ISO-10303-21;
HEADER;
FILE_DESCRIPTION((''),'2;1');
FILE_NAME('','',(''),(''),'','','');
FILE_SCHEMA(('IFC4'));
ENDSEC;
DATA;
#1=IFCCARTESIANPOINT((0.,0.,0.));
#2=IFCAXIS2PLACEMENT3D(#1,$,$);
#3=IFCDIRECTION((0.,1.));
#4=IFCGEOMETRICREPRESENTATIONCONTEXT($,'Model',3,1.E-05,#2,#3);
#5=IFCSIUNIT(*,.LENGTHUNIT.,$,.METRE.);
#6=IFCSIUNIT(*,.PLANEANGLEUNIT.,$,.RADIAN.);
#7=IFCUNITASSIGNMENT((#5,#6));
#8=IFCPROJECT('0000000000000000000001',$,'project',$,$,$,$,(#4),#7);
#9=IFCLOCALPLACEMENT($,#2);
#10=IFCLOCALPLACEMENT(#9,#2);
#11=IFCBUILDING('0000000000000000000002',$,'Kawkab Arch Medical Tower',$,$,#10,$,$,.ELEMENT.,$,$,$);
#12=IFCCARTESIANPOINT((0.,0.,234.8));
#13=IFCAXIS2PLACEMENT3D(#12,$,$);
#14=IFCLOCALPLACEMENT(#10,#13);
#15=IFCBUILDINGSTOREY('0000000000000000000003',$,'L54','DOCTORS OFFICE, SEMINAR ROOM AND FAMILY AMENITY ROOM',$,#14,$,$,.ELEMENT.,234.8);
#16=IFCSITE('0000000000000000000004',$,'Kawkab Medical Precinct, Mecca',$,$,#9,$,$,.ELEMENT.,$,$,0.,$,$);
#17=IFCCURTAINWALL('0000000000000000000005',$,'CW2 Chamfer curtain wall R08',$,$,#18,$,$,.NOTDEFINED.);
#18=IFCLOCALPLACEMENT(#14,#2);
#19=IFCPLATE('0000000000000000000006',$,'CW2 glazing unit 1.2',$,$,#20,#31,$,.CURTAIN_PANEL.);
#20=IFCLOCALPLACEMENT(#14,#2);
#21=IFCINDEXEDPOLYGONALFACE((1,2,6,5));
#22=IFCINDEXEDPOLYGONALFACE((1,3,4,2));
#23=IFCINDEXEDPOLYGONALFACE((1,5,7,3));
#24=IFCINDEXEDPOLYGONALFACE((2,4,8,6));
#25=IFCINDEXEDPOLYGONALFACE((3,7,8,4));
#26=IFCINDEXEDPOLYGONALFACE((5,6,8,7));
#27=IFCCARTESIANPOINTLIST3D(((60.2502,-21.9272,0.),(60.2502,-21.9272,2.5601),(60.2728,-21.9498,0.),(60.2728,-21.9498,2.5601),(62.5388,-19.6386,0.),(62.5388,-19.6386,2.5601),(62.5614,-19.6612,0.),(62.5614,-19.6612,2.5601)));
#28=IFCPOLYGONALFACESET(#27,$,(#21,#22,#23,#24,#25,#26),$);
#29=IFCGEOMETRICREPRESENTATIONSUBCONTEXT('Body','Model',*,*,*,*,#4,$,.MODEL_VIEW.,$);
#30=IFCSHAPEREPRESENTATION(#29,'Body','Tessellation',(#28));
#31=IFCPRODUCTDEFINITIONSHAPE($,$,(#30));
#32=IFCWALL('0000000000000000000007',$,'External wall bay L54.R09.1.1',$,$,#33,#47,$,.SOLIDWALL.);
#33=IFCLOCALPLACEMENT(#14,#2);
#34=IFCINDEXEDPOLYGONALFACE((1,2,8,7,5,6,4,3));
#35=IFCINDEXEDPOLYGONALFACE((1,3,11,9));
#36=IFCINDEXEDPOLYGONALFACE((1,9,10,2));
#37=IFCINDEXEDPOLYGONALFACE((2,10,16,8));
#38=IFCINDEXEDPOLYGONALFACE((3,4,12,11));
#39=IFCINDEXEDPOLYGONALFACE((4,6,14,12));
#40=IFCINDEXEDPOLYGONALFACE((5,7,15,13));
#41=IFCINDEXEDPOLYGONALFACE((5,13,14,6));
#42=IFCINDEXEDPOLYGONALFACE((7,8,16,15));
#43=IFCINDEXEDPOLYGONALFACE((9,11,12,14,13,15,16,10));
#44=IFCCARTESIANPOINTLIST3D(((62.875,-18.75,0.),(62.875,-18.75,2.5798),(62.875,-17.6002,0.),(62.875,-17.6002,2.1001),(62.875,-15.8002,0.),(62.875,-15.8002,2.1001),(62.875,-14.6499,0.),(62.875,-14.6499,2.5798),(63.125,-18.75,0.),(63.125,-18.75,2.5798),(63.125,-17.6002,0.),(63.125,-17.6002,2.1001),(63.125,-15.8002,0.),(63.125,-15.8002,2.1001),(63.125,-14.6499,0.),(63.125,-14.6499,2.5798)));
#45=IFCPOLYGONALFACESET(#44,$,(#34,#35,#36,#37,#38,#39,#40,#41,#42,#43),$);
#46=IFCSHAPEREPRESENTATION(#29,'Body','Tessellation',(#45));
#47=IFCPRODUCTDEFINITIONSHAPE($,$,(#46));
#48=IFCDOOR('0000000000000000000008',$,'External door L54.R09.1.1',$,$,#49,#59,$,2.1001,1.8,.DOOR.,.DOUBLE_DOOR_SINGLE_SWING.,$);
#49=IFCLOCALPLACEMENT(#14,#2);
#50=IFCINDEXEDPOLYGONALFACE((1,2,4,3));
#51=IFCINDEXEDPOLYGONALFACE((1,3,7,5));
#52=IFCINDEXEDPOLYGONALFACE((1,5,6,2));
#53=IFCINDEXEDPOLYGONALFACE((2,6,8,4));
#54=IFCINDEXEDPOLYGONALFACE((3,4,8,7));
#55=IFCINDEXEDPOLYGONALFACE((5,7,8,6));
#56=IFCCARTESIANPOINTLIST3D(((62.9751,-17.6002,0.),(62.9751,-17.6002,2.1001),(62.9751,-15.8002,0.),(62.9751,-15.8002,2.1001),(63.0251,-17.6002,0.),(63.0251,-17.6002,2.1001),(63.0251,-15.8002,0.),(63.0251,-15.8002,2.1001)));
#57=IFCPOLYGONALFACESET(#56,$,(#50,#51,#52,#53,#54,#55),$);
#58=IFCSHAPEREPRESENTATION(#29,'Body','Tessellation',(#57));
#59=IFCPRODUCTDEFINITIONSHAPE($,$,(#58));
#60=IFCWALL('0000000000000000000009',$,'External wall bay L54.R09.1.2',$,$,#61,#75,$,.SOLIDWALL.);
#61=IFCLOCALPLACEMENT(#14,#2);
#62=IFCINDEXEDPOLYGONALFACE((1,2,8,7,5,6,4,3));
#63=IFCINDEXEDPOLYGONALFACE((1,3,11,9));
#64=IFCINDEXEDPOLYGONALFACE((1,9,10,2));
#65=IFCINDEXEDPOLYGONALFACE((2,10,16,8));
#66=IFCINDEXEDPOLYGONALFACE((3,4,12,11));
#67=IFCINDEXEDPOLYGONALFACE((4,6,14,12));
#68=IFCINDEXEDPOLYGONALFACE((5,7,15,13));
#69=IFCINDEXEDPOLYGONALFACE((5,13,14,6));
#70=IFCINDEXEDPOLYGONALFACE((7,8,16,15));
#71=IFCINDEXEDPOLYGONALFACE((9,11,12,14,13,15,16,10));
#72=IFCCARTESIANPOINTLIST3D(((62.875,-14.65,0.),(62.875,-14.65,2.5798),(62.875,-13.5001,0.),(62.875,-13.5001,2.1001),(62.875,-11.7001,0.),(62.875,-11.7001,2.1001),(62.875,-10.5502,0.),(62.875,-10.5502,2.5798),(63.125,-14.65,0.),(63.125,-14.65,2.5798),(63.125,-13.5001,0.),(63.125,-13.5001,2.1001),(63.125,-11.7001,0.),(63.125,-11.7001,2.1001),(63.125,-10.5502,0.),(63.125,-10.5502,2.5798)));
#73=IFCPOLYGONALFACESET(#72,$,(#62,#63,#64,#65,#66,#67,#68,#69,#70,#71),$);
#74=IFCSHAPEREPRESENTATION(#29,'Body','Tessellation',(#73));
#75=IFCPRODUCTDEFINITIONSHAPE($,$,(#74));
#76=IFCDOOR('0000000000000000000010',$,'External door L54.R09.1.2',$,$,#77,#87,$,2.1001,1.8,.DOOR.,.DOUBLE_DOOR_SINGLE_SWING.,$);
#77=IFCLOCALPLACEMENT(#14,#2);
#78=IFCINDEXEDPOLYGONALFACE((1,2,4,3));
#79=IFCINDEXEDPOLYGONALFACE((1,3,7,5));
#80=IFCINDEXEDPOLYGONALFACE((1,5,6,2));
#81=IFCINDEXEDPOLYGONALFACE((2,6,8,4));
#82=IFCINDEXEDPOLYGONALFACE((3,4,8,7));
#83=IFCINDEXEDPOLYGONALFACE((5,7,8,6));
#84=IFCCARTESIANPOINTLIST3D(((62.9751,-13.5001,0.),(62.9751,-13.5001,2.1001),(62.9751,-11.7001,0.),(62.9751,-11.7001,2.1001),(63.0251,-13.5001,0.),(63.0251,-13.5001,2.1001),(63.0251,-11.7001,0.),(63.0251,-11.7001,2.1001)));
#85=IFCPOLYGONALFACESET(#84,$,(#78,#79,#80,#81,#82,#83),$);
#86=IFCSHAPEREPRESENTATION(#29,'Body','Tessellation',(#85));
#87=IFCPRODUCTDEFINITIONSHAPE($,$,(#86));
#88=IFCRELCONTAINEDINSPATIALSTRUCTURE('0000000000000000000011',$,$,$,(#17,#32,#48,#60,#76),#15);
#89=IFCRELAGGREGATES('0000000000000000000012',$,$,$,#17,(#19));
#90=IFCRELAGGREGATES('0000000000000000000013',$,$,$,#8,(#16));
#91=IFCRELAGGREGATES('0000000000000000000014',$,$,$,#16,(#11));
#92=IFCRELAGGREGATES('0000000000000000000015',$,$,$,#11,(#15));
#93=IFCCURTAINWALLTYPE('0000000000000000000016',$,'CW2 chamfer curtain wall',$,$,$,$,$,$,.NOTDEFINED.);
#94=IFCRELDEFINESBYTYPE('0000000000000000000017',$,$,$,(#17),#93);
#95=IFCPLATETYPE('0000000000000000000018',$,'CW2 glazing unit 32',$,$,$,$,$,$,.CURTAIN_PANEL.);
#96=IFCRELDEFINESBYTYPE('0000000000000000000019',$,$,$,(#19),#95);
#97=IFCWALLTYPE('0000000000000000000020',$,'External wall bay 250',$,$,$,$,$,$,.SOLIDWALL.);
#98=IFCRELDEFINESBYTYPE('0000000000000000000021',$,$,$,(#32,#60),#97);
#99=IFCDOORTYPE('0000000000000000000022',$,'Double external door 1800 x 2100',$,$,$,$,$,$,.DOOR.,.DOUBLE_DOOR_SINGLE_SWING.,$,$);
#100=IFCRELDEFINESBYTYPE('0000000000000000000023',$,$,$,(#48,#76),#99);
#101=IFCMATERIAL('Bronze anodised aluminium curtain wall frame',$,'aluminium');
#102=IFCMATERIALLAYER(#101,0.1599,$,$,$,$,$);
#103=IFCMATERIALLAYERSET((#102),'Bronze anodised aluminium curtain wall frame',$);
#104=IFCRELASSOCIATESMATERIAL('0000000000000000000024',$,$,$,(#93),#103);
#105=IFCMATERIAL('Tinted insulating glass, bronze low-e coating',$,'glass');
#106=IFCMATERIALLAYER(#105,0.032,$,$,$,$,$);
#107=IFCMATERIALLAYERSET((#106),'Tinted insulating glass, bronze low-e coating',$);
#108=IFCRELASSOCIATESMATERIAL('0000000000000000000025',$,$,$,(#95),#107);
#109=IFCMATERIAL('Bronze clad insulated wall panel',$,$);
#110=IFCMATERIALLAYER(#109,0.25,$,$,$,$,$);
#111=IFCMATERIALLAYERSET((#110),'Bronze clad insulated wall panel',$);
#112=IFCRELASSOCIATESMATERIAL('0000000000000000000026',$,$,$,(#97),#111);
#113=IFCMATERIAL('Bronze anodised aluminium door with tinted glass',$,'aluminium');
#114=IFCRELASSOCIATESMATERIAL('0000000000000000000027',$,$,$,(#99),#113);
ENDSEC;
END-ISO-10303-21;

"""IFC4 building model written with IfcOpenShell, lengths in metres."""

from ifc_helpers import new_model, si_unit, direction, frame, frame_2d, origin, origin_2d, place, context, subcontext, project, spatial, rectangle, extrude, material, layer, layer_set, type_object, element, fill, aggregate, save


model = new_model("IFC4")

# Units and contexts
model_context = context("Model", 3, precision=1e-05, world=origin(), true_north=direction((0.0, 1.0)))
body_context = subcontext(model_context, "Body", "Model", "MODEL_VIEW")
ifc_project = project(units=[si_unit("LENGTHUNIT", "METRE"), si_unit("PLANEANGLEUNIT", "RADIAN")], contexts=[model_context])

# Site, building, storey
site_placement = place(None, origin())
site = spatial("IfcSite", under=ifc_project, at=site_placement, Name="Kawkab Medical Precinct, Mecca", CompositionType="ELEMENT", RefElevation=0.0)
building_placement = place(site_placement, origin())
building = spatial("IfcBuilding", under=site, at=building_placement, Name="Kawkab Arch Medical Tower", CompositionType="ELEMENT")
storey_placement = place(building_placement, frame((0.0, 0.0, 234.8)))
storey = spatial("IfcBuildingStorey", under=building, at=storey_placement, Name="L54", Description="DOCTORS OFFICE, SEMINAR ROOM AND FAMILY AMENITY ROOM", CompositionType="ELEMENT", Elevation=234.8)

# Shared definitions
placement = place(storey_placement, origin())

# Curtain wall
ifc_material_1 = material(Name="Bronze anodised aluminium curtain wall frame", Category="aluminium")
ifc_layer_1 = layer(ifc_material_1, 0.1599)
ifc_layer_set_1 = layer_set([ifc_layer_1], Name="Bronze anodised aluminium curtain wall frame")
curtain_wall_type_1 = type_object("IfcCurtainWallType", Name="CW2 chamfer curtain wall", PredefinedType="NOTDEFINED", material=ifc_layer_set_1)
curtain_wall_1 = element("IfcCurtainWall", 1, at=placement, inside=storey, type_object=curtain_wall_type_1, Name="CW2 Chamfer curtain wall R08", PredefinedType="NOTDEFINED")

# Plate
ifc_material_2 = material(Name="Tinted insulating glass, bronze low-e coating", Category="glass")
ifc_layer_2 = layer(ifc_material_2, 0.032)
ifc_layer_set_2 = layer_set([ifc_layer_2], Name="Tinted insulating glass, bronze low-e coating")
plate_type = type_object("IfcPlateType", Name="CW2 glazing unit 32", PredefinedType="CURTAIN_PANEL", material=ifc_layer_set_2)
plate_1_placement = place(storey_placement, frame((61.4058, -20.7942, 0.0), z_axis=(0.0, 0.0, 1.0), x_axis=(0.707107, 0.707107, 0.0)))
plate_1 = element("IfcPlate", 2, at=plate_1_placement, type_object=plate_type, Name="CW2 glazing unit 1.2", PredefinedType="CURTAIN_PANEL", context=body_context, shape_type="SweptSolid", body=[
    extrude(rectangle(XDim=3.2366, YDim=0.032, at=origin_2d()), origin(), (0.0, 0.0, 1.0), 2.5601),
])
aggregate(curtain_wall_1, [plate_1])

# Walls, openings, doors
ifc_material_3 = material(Name="Bronze clad insulated wall panel")
ifc_layer_3 = layer(ifc_material_3, 0.25)
ifc_layer_set_3 = layer_set([ifc_layer_3], Name="Bronze clad insulated wall panel")
wall_type = type_object("IfcWallType", Name="External wall bay 250", PredefinedType="SOLIDWALL", material=ifc_layer_set_3)
wall_1_placement = place(storey_placement, frame((63.0, -18.75, 0.0), z_axis=(0.0, 0.0, 1.0), x_axis=(0.0, 1.0, 0.0)))
wall_1 = element("IfcWall", 3, at=wall_1_placement, inside=storey, type_object=wall_type, Name="External wall bay L54.R09.1.1", PredefinedType="SOLIDWALL", context=body_context, shape_type="SweptSolid", body=[
    extrude(rectangle(XDim=4.1001, YDim=0.25, at=frame_2d((2.05, 0.0))), origin(), (0.0, 0.0, 1.0), 2.5798),
])
opening_1_placement = place(wall_1_placement, frame((1.1499, 0.0, 0.0)))
opening_1 = element("IfcOpeningElement", 4, at=opening_1_placement, cuts=wall_1, PredefinedType="OPENING", context=body_context, shape_type="SweptSolid", body=[
    extrude(rectangle(XDim=1.8, YDim=2.1001, at=frame_2d((0.8999, 1.05))), frame((0.0, 0.135, 0.0), z_axis=(0.0, -1.0, 0.0), x_axis=(1.0, 0.0, 0.0)), (0.0, 0.0, 1.0), 0.27),
])
ifc_material_4 = material(Name="Bronze anodised aluminium door with tinted glass", Category="aluminium")
door_type = type_object("IfcDoorType", Name="Double external door 1800 x 2100", OperationType="DOUBLE_DOOR_SINGLE_SWING", PredefinedType="DOOR", material=ifc_material_4)
door_1_placement = place(opening_1_placement, origin())
door_1 = element("IfcDoor", 5, at=door_1_placement, inside=storey, type_object=door_type, Name="External door L54.R09.1.1", OperationType="DOUBLE_DOOR_SINGLE_SWING", OverallHeight=2.1001, OverallWidth=1.8, PredefinedType="DOOR", context=body_context, shape_type="SweptSolid", body=[
    extrude(rectangle(XDim=1.8, YDim=2.1001, at=frame_2d((0.8999, 1.05))), frame((0.0, 0.0249, 0.0), z_axis=(0.0, -1.0, 0.0), x_axis=(1.0, 0.0, 0.0)), (0.0, 0.0, 1.0), 0.05),
])
fill(opening_1, door_1)
wall_2_placement = place(storey_placement, frame((63.0, -14.6499, 0.0), z_axis=(0.0, 0.0, 1.0), x_axis=(0.0, 1.0, 0.0)))
wall_2 = element("IfcWall", 6, at=wall_2_placement, inside=storey, type_object=wall_type, Name="External wall bay L54.R09.1.2", PredefinedType="SOLIDWALL", context=body_context, shape_type="SweptSolid", body=[
    extrude(rectangle(XDim=4.0999, YDim=0.25, at=frame_2d((2.0498, 0.0))), origin(), (0.0, 0.0, 1.0), 2.5798),
])
opening_2_placement = place(wall_2_placement, frame((1.1499, 0.0, 0.0)))
opening_2 = element("IfcOpeningElement", 7, at=opening_2_placement, cuts=wall_2, PredefinedType="OPENING", context=body_context, shape_type="SweptSolid", body=[
    extrude(rectangle(XDim=1.8, YDim=2.1001, at=frame_2d((0.8999, 1.05))), frame((0.0, 0.135, 0.0), z_axis=(0.0, -1.0, 0.0), x_axis=(1.0, 0.0, 0.0)), (0.0, 0.0, 1.0), 0.27),
])
door_2_placement = place(opening_2_placement, origin())
door_2 = element("IfcDoor", 8, at=door_2_placement, inside=storey, type_object=door_type, Name="External door L54.R09.1.2", OperationType="DOUBLE_DOOR_SINGLE_SWING", OverallHeight=2.1001, OverallWidth=1.8, PredefinedType="DOOR", context=body_context, shape_type="SweptSolid", body=[
    extrude(rectangle(XDim=1.8, YDim=2.1001, at=frame_2d((0.8999, 1.05))), frame((0.0, 0.0249, 0.0), z_axis=(0.0, -1.0, 0.0), x_axis=(1.0, 0.0, 0.0)), (0.0, 0.0, 1.0), 0.05),
])
fill(opening_2, door_2)

save(model, "model.ifc")
